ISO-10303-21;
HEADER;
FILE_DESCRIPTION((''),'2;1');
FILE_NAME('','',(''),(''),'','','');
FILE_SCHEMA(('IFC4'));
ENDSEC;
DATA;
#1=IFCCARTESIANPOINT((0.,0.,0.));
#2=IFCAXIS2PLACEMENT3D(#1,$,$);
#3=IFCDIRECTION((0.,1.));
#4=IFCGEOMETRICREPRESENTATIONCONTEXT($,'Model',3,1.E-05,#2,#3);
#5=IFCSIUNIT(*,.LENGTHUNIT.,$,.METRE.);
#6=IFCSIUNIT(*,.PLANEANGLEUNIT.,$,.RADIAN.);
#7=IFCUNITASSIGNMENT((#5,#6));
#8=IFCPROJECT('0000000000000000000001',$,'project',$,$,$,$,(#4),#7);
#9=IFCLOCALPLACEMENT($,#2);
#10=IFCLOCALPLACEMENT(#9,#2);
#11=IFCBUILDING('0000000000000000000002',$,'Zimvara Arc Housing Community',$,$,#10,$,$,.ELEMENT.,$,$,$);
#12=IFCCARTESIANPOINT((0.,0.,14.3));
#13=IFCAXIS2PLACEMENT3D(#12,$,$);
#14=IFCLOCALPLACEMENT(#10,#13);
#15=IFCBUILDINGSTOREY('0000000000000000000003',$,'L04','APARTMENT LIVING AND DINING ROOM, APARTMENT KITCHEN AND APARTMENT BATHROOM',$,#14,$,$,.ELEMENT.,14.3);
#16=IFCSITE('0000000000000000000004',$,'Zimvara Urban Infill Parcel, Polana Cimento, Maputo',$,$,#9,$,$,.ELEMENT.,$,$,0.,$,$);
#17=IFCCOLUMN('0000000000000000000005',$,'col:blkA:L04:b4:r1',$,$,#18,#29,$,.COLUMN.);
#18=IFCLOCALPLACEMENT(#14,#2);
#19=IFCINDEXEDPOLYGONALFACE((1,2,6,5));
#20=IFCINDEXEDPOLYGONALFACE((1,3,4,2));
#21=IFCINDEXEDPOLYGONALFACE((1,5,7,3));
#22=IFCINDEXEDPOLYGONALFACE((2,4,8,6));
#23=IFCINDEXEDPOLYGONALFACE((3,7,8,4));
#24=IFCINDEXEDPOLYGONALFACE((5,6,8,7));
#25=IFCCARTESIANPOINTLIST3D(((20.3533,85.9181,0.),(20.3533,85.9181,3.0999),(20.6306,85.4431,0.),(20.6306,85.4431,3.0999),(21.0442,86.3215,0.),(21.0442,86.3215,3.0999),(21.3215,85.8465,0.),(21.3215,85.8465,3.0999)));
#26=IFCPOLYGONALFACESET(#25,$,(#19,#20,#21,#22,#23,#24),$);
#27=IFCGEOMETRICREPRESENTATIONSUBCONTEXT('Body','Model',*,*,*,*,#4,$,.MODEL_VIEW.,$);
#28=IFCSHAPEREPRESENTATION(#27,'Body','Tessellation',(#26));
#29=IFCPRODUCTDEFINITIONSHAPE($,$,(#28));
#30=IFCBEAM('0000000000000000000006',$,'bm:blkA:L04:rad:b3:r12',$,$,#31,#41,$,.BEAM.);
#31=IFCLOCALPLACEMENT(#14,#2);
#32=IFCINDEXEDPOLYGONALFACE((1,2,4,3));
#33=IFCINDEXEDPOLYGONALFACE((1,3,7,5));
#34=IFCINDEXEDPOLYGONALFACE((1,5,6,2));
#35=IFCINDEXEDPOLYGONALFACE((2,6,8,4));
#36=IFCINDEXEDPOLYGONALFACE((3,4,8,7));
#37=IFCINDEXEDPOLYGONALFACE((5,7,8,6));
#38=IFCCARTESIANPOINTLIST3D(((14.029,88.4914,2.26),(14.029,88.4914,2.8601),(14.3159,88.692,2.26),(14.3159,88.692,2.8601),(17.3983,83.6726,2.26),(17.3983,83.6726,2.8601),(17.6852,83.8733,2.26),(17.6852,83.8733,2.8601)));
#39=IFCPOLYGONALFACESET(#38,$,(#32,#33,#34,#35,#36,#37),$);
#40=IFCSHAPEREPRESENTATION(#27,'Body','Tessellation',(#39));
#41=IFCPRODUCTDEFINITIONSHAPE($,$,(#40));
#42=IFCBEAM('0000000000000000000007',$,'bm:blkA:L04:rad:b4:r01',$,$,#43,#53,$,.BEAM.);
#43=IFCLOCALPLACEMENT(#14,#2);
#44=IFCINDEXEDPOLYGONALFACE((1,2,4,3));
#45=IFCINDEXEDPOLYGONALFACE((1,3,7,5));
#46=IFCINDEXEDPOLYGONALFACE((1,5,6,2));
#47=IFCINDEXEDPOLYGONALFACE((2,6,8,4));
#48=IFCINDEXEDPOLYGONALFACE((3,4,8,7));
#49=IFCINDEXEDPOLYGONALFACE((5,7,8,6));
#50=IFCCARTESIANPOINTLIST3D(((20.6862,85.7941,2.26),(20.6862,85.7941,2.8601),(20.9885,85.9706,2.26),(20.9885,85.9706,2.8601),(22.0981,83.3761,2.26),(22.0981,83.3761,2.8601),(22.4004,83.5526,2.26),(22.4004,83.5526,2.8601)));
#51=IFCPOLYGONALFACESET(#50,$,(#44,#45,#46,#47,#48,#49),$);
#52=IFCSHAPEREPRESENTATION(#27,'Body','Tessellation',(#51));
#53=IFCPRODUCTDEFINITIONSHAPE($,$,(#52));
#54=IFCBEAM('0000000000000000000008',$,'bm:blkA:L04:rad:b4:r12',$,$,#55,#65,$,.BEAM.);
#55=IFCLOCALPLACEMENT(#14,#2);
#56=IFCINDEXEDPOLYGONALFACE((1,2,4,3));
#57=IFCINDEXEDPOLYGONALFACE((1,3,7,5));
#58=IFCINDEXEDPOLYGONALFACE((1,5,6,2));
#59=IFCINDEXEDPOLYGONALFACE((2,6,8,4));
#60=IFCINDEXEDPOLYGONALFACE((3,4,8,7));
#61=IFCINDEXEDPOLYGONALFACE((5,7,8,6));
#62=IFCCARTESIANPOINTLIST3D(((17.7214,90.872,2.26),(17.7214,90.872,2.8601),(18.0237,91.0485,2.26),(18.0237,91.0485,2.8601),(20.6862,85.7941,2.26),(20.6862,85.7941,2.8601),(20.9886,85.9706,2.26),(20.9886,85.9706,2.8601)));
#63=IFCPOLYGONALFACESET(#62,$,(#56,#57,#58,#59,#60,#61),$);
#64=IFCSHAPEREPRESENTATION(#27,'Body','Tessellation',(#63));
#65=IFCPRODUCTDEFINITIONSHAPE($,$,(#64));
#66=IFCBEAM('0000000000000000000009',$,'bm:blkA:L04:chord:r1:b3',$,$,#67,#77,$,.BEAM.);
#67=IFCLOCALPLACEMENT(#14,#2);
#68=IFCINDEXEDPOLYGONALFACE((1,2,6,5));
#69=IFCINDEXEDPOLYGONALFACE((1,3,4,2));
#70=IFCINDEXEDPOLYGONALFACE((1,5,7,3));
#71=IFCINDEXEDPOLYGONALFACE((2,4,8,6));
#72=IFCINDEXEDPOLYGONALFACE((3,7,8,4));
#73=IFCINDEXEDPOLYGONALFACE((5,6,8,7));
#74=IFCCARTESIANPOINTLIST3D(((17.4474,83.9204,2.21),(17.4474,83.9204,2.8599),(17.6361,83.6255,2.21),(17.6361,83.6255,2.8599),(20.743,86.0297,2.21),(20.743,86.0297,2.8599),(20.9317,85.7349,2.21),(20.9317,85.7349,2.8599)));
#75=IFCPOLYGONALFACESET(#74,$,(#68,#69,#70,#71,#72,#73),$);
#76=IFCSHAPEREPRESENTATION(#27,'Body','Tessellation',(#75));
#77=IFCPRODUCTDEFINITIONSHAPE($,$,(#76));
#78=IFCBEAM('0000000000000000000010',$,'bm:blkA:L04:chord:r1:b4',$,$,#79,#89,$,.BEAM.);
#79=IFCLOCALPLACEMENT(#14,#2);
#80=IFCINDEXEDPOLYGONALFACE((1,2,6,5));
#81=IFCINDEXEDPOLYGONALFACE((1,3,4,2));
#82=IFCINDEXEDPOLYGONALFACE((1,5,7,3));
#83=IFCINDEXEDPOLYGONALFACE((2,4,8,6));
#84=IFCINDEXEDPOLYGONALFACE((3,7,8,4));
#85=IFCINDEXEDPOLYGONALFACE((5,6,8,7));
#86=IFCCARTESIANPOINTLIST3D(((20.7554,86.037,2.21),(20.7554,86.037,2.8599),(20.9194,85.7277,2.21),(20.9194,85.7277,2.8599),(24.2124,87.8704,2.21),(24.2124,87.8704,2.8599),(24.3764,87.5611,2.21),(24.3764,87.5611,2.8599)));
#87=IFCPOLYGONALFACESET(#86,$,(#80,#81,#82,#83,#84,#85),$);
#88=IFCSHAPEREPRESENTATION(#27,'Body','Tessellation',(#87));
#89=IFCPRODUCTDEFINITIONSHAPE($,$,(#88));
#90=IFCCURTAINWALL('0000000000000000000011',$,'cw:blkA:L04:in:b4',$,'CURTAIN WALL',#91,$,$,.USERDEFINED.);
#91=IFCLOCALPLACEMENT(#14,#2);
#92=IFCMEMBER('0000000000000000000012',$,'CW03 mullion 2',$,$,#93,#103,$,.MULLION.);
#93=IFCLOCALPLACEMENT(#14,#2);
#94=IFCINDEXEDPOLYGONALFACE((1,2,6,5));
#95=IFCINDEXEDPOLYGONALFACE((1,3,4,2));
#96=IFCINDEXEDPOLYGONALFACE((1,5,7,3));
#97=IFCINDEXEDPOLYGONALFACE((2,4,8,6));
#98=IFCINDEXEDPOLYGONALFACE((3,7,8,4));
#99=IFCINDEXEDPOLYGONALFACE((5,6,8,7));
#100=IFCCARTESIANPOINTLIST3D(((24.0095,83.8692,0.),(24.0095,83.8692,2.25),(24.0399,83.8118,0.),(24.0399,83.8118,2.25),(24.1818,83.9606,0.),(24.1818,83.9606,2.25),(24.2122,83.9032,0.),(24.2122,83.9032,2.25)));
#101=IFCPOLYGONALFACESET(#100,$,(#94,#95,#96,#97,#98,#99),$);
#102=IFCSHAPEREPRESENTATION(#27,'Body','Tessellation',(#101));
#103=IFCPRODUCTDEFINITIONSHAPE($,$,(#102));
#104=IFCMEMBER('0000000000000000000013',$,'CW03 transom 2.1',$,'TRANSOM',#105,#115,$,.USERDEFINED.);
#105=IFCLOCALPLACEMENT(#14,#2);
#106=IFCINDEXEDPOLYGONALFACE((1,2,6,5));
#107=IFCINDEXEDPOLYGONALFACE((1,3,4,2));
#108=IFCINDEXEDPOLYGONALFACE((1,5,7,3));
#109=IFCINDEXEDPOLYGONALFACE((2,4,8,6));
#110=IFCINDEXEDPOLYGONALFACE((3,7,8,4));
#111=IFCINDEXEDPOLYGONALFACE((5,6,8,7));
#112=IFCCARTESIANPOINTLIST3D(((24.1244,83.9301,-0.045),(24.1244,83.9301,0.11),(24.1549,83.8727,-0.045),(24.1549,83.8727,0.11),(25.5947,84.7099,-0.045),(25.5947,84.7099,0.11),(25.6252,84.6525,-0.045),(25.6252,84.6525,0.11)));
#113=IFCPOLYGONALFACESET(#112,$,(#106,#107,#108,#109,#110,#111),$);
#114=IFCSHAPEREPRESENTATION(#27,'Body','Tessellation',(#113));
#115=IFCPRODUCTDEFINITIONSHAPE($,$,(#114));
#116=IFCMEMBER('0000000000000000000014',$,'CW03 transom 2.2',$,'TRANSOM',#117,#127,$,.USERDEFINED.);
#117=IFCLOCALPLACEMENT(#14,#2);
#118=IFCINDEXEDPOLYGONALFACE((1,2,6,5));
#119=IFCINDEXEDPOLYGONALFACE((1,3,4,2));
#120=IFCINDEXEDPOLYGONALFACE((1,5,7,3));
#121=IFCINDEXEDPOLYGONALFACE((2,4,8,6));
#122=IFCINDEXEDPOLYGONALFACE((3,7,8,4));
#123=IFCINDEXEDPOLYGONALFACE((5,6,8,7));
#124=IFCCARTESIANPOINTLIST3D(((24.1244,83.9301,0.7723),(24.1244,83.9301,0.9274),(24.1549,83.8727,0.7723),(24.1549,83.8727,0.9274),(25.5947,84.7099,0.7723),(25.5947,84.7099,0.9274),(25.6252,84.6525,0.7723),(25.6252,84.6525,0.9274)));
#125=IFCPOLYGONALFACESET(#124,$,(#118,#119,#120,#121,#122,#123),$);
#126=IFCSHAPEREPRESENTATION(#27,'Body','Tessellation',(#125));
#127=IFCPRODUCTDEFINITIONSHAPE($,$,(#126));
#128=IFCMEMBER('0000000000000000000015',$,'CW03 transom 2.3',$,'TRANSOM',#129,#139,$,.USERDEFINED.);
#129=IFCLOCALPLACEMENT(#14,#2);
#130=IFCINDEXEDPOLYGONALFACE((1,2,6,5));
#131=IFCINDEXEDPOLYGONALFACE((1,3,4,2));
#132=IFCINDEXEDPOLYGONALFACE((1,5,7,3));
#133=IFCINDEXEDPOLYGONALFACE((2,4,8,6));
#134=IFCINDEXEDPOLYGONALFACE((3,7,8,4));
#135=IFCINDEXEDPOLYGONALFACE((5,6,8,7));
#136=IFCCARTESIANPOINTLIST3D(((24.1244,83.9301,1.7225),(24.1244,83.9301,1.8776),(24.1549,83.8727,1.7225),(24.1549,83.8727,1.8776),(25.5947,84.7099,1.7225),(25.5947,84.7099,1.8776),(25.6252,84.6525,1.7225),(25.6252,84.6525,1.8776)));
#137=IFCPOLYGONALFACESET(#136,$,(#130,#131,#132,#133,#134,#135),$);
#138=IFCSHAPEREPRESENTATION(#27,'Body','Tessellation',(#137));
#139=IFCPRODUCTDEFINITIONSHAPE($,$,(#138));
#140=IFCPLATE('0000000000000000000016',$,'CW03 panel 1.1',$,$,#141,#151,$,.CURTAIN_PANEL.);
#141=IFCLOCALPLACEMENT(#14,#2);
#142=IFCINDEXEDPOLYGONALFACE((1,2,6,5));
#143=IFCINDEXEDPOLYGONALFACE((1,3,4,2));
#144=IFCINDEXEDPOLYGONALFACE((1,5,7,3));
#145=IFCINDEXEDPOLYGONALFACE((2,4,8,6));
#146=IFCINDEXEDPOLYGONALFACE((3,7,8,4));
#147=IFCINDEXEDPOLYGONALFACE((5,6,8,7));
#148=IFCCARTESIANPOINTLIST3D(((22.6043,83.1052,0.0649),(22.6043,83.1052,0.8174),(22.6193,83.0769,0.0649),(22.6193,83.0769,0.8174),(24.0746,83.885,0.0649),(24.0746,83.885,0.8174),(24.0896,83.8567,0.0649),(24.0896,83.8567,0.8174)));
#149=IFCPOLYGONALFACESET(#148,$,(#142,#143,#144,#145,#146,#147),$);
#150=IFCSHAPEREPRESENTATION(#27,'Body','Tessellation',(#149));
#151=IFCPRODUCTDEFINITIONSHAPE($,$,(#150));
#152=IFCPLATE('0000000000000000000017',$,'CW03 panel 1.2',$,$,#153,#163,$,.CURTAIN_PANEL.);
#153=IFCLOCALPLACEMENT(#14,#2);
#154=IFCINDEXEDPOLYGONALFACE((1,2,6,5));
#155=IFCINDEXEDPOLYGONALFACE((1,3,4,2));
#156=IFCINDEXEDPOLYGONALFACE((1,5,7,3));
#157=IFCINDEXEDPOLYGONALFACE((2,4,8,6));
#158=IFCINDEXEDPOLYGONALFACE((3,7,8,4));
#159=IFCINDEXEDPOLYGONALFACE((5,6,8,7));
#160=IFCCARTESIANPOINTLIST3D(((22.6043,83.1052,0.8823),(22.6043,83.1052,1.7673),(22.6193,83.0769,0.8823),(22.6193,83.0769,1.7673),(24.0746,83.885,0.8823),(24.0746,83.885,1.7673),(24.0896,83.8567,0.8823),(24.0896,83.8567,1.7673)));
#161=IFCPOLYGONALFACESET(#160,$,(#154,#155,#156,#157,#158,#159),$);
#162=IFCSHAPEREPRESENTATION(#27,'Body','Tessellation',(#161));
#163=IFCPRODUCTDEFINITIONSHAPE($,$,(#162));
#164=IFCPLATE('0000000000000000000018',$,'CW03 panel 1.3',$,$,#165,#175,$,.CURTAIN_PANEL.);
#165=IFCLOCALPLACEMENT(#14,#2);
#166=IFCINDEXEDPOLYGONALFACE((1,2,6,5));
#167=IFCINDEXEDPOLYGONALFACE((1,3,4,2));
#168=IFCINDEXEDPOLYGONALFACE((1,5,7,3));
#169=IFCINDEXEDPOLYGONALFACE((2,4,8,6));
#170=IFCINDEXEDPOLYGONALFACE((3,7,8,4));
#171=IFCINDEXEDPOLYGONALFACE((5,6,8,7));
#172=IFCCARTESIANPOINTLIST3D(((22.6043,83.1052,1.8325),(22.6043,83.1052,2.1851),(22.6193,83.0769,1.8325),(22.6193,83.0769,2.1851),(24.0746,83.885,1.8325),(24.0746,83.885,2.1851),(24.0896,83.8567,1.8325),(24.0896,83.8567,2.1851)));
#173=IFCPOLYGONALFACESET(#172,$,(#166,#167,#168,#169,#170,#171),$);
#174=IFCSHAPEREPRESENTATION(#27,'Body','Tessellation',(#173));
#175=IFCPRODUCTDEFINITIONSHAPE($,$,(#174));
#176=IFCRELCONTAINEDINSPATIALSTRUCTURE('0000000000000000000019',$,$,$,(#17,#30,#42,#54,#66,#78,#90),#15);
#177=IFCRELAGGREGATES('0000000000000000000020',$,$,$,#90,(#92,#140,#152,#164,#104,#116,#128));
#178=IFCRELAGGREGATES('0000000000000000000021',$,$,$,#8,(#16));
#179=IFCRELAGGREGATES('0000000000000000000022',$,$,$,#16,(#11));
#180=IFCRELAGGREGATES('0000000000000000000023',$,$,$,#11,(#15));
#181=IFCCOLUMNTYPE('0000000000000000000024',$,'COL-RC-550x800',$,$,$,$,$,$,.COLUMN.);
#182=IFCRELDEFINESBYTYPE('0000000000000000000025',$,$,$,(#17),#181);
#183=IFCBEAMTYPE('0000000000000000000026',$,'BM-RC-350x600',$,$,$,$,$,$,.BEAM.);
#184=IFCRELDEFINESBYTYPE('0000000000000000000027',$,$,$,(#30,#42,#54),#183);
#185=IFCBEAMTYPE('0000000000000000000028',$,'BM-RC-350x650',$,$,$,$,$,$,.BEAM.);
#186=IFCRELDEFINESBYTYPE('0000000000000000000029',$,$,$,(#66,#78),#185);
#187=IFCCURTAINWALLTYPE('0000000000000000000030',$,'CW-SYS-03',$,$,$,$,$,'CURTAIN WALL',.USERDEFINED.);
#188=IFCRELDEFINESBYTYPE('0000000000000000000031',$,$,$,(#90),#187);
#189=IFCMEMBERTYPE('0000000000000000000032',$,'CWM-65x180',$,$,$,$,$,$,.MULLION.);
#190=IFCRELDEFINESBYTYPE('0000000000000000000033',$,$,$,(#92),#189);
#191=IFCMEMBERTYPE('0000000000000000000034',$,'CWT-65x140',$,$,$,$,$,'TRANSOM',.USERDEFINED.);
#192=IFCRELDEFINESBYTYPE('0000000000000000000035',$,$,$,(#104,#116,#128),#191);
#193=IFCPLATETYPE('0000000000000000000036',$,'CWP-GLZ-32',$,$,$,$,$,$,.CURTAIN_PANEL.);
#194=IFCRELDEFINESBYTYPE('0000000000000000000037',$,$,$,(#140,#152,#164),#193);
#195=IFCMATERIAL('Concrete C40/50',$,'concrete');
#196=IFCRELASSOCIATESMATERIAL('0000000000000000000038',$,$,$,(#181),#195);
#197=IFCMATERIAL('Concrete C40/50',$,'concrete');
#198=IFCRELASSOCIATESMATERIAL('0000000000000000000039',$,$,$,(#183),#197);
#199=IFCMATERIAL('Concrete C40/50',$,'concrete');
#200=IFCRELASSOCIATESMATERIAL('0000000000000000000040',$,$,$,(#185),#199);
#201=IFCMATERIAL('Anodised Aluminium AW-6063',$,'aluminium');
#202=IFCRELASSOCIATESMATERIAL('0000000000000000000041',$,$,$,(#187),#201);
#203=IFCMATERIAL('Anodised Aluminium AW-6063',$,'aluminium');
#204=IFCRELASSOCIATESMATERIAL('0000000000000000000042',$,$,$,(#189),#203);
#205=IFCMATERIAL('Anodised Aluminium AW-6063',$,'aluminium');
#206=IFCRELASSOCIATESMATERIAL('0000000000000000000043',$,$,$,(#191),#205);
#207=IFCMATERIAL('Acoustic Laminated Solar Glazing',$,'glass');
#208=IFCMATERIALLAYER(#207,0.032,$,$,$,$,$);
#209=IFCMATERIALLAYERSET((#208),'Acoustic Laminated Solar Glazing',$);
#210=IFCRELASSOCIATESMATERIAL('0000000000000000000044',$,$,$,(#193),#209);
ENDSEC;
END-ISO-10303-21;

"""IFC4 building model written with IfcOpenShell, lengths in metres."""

from ifc_helpers import new_model, si_unit, direction, frame, origin, origin_2d, place, context, subcontext, project, spatial, rectangle, extrude, material, layer, layer_set, material_profile, profile_set, type_object, element, aggregate, save


model = new_model("IFC4")

# Units and contexts
model_context = context("Model", 3, precision=1e-05, world=origin(), true_north=direction((0.0, 1.0)))
body_context = subcontext(model_context, "Body", "Model", "MODEL_VIEW")
ifc_project = project(units=[si_unit("LENGTHUNIT", "METRE"), si_unit("PLANEANGLEUNIT", "RADIAN")], contexts=[model_context])

# Site, building, storey
site_placement = place(None, origin())
site = spatial("IfcSite", under=ifc_project, at=site_placement, Name="Zimvara Urban Infill Parcel, Polana Cimento, Maputo", CompositionType="ELEMENT", RefElevation=0.0)
building_placement = place(site_placement, origin())
building = spatial("IfcBuilding", under=site, at=building_placement, Name="Zimvara Arc Housing Community", CompositionType="ELEMENT")
storey_placement = place(building_placement, frame((0.0, 0.0, 14.3)))
storey = spatial("IfcBuildingStorey", under=building, at=storey_placement, Name="L04", Description="APARTMENT LIVING AND DINING ROOM, APARTMENT KITCHEN AND APARTMENT BATHROOM", CompositionType="ELEMENT", Elevation=14.3)

# Column
ifc_material_1 = material(Name="Concrete C40/50", Category="concrete")
ifc_material_profile_1 = material_profile(ifc_material_1, rectangle(XDim=0.55, YDim=0.8, at=origin_2d()), Name="RC 550x800")
ifc_profile_set_1 = profile_set([ifc_material_profile_1], Name="Concrete C40/50")
column_type = type_object("IfcColumnType", Name="COL-RC-550x800", PredefinedType="COLUMN", material=ifc_profile_set_1)
column_placement = place(storey_placement, frame((20.8374, 85.8823, 0.0), z_axis=(0.0, 0.0, 1.0), x_axis=(-0.504226, 0.863572, 0.0)))
element("IfcColumn", 1, at=column_placement, inside=storey, type_object=column_type, Name="col:blkA:L04:b4:r1", PredefinedType="COLUMN", context=body_context, shape_type="SweptSolid", body=[
    extrude(rectangle(XDim=0.55, YDim=0.8, at=origin_2d()), origin(), (0.0, 0.0, 1.0), 3.0999),
])

# Beams
ifc_material_2 = material(Name="Concrete C40/50", Category="concrete")
ifc_material_profile_2 = material_profile(ifc_material_2, rectangle(XDim=0.3501, YDim=0.6001, at=origin_2d()), Name="RC 350x600")
ifc_profile_set_2 = profile_set([ifc_material_profile_2], Name="Concrete C40/50")
beam_type_1 = type_object("IfcBeamType", Name="BM-RC-350x600", PredefinedType="BEAM", material=ifc_profile_set_2)
beam_1_placement = place(storey_placement, frame((17.5417, 83.7729, 2.5601), z_axis=(-0.573028, 0.819536, 0.0), x_axis=(-0.819536, -0.573028, 0.0)))
element("IfcBeam", 2, at=beam_1_placement, inside=storey, type_object=beam_type_1, Name="bm:blkA:L04:rad:b3:r12", PredefinedType="BEAM", context=body_context, shape_type="SweptSolid", body=[
    extrude(rectangle(XDim=0.3501, YDim=0.6001, at=origin_2d()), origin(), (0.0, 0.0, 1.0), 5.8799),
])
beam_2_placement = place(storey_placement, frame((22.2493, 83.4644, 2.5601), z_axis=(-0.50424, 0.863564, 0.0), x_axis=(-0.863564, -0.50424, 0.0)))
element("IfcBeam", 3, at=beam_2_placement, inside=storey, type_object=beam_type_1, Name="bm:blkA:L04:rad:b4:r01", PredefinedType="BEAM", context=body_context, shape_type="SweptSolid", body=[
    extrude(rectangle(XDim=0.3501, YDim=0.6001, at=origin_2d()), origin(), (0.0, 0.0, 1.0), 2.8),
])
beam_3_placement = place(storey_placement, frame((20.8374, 85.8823, 2.5601), z_axis=(-0.504219, 0.863576, 0.0), x_axis=(-0.863576, -0.504219, 0.0)))
element("IfcBeam", 4, at=beam_3_placement, inside=storey, type_object=beam_type_1, Name="bm:blkA:L04:rad:b4:r12", PredefinedType="BEAM", context=body_context, shape_type="SweptSolid", body=[
    extrude(rectangle(XDim=0.3501, YDim=0.6001, at=origin_2d()), origin(), (0.0, 0.0, 1.0), 5.8801),
])
ifc_material_3 = material(Name="Concrete C40/50", Category="concrete")
ifc_material_profile_3 = material_profile(ifc_material_3, rectangle(XDim=0.3501, YDim=0.6499, at=origin_2d()), Name="RC 350x650")
ifc_profile_set_3 = profile_set([ifc_material_profile_3], Name="Concrete C40/50")
beam_type_2 = type_object("IfcBeamType", Name="BM-RC-350x650", PredefinedType="BEAM", material=ifc_profile_set_3)
beam_4_placement = place(storey_placement, frame((17.5417, 83.7729, 2.5349), z_axis=(0.842253, 0.539082, 0.0), x_axis=(-0.539082, 0.842253, 0.0)))
element("IfcBeam", 5, at=beam_4_placement, inside=storey, type_object=beam_type_2, Name="bm:blkA:L04:chord:r1:b3", PredefinedType="BEAM", context=body_context, shape_type="SweptSolid", body=[
    extrude(rectangle(XDim=0.3501, YDim=0.6499, at=origin_2d()), origin(), (0.0, 0.0, 1.0), 3.9128),
])
beam_5_placement = place(storey_placement, frame((20.8374, 85.8823, 2.5349), z_axis=(0.883439, 0.468547, 0.0), x_axis=(-0.468547, 0.883439, 0.0)))
element("IfcBeam", 6, at=beam_5_placement, inside=storey, type_object=beam_type_2, Name="bm:blkA:L04:chord:r1:b4", PredefinedType="BEAM", context=body_context, shape_type="SweptSolid", body=[
    extrude(rectangle(XDim=0.3501, YDim=0.6499, at=origin_2d()), origin(), (0.0, 0.0, 1.0), 3.9131),
])

# Curtain wall, members, plates
ifc_material_4 = material(Name="Anodised Aluminium AW-6063", Category="aluminium")
curtain_wall_type = type_object("IfcCurtainWallType", Name="CW-SYS-03", ElementType="CURTAIN WALL", PredefinedType="USERDEFINED", material=ifc_material_4)
curtain_wall_placement = place(storey_placement, origin())
curtain_wall = element("IfcCurtainWall", 7, at=curtain_wall_placement, inside=storey, type_object=curtain_wall_type, Name="cw:blkA:L04:in:b4", ObjectType="CURTAIN WALL", PredefinedType="USERDEFINED")
ifc_material_5 = material(Name="Anodised Aluminium AW-6063", Category="aluminium")
ifc_material_profile_4 = material_profile(ifc_material_5, rectangle(XDim=0.0649, YDim=0.1951, at=origin_2d()), Name="ALU 65x195")
ifc_profile_set_4 = profile_set([ifc_material_profile_4], Name="Anodised Aluminium AW-6063")
member_type_1 = type_object("IfcMemberType", Name="CWM-65x180", PredefinedType="MULLION", material=ifc_profile_set_4)
member_1_placement = place(storey_placement, frame((24.1108, 83.8862, 0.0), z_axis=(0.0, 0.0, 1.0), x_axis=(-0.468545, 0.88344, 0.0)))
member_1 = element("IfcMember", 8, at=member_1_placement, type_object=member_type_1, Name="CW03 mullion 2", PredefinedType="MULLION", context=body_context, shape_type="SweptSolid", body=[
    extrude(rectangle(XDim=0.0649, YDim=0.1951, at=origin_2d()), origin(), (0.0, 0.0, 1.0), 2.25),
])
ifc_material_6 = material(Name="Anodised Aluminium AW-6063", Category="aluminium")
ifc_material_profile_5 = material_profile(ifc_material_6, rectangle(XDim=0.0649, YDim=0.155, at=origin_2d()), Name="ALU 65x155")
ifc_profile_set_5 = profile_set([ifc_material_profile_5], Name="Anodised Aluminium AW-6063")
member_type_2 = type_object("IfcMemberType", Name="CWT-65x140", ElementType="TRANSOM", PredefinedType="USERDEFINED", material=ifc_profile_set_5)
member_2_placement = place(storey_placement, frame((24.1396, 83.9014, 0.0325), z_axis=(0.883431, 0.468562, 0.0), x_axis=(-0.468562, 0.883431, 0.0)))
member_2 = element("IfcMember", 9, at=member_2_placement, type_object=member_type_2, Name="CW03 transom 2.1", ObjectType="TRANSOM", PredefinedType="USERDEFINED", context=body_context, shape_type="SweptSolid", body=[
    extrude(rectangle(XDim=0.0649, YDim=0.155, at=origin_2d()), origin(), (0.0, 0.0, 1.0), 1.6643),
])
member_3_placement = place(storey_placement, frame((24.1396, 83.9014, 0.8499), z_axis=(0.883431, 0.468562, 0.0), x_axis=(-0.468562, 0.883431, 0.0)))
member_3 = element("IfcMember", 10, at=member_3_placement, type_object=member_type_2, Name="CW03 transom 2.2", ObjectType="TRANSOM", PredefinedType="USERDEFINED", context=body_context, shape_type="SweptSolid", body=[
    extrude(rectangle(XDim=0.0649, YDim=0.155, at=origin_2d()), origin(), (0.0, 0.0, 1.0), 1.6643),
])
member_4_placement = place(storey_placement, frame((24.1396, 83.9014, 1.8), z_axis=(0.883431, 0.468562, 0.0), x_axis=(-0.468562, 0.883431, 0.0)))
member_4 = element("IfcMember", 11, at=member_4_placement, type_object=member_type_2, Name="CW03 transom 2.3", ObjectType="TRANSOM", PredefinedType="USERDEFINED", context=body_context, shape_type="SweptSolid", body=[
    extrude(rectangle(XDim=0.0649, YDim=0.155, at=origin_2d()), origin(), (0.0, 0.0, 1.0), 1.6643),
])
ifc_material_7 = material(Name="Acoustic Laminated Solar Glazing", Category="glass")
ifc_layer_1 = layer(ifc_material_7, 0.032)
ifc_layer_set_1 = layer_set([ifc_layer_1], Name="Acoustic Laminated Solar Glazing")
plate_type = type_object("IfcPlateType", Name="CWP-GLZ-32", PredefinedType="CURTAIN_PANEL", material=ifc_layer_set_1)
plate_1_placement = place(storey_placement, frame((23.3469, 83.481, 0.0649), z_axis=(0.0, 0.0, 1.0), x_axis=(0.88344, 0.468545, 0.0)))
plate_1 = element("IfcPlate", 12, at=plate_1_placement, type_object=plate_type, Name="CW03 panel 1.1", PredefinedType="CURTAIN_PANEL", context=body_context, shape_type="SweptSolid", body=[
    extrude(rectangle(XDim=1.6643, YDim=0.032, at=origin_2d()), origin(), (0.0, 0.0, 1.0), 0.7524),
])
plate_2_placement = place(storey_placement, frame((23.3469, 83.481, 0.8823), z_axis=(0.0, 0.0, 1.0), x_axis=(0.88344, 0.468545, 0.0)))
plate_2 = element("IfcPlate", 13, at=plate_2_placement, type_object=plate_type, Name="CW03 panel 1.2", PredefinedType="CURTAIN_PANEL", context=body_context, shape_type="SweptSolid", body=[
    extrude(rectangle(XDim=1.6643, YDim=0.032, at=origin_2d()), origin(), (0.0, 0.0, 1.0), 0.885),
])
plate_3_placement = place(storey_placement, frame((23.3469, 83.481, 1.8325), z_axis=(0.0, 0.0, 1.0), x_axis=(0.88344, 0.468545, 0.0)))
plate_3 = element("IfcPlate", 14, at=plate_3_placement, type_object=plate_type, Name="CW03 panel 1.3", PredefinedType="CURTAIN_PANEL", context=body_context, shape_type="SweptSolid", body=[
    extrude(rectangle(XDim=1.6643, YDim=0.032, at=origin_2d()), origin(), (0.0, 0.0, 1.0), 0.3525),
])
aggregate(curtain_wall, [member_1, plate_1, plate_2, plate_3, member_2, member_3, member_4])

save(model, "model.ifc")
